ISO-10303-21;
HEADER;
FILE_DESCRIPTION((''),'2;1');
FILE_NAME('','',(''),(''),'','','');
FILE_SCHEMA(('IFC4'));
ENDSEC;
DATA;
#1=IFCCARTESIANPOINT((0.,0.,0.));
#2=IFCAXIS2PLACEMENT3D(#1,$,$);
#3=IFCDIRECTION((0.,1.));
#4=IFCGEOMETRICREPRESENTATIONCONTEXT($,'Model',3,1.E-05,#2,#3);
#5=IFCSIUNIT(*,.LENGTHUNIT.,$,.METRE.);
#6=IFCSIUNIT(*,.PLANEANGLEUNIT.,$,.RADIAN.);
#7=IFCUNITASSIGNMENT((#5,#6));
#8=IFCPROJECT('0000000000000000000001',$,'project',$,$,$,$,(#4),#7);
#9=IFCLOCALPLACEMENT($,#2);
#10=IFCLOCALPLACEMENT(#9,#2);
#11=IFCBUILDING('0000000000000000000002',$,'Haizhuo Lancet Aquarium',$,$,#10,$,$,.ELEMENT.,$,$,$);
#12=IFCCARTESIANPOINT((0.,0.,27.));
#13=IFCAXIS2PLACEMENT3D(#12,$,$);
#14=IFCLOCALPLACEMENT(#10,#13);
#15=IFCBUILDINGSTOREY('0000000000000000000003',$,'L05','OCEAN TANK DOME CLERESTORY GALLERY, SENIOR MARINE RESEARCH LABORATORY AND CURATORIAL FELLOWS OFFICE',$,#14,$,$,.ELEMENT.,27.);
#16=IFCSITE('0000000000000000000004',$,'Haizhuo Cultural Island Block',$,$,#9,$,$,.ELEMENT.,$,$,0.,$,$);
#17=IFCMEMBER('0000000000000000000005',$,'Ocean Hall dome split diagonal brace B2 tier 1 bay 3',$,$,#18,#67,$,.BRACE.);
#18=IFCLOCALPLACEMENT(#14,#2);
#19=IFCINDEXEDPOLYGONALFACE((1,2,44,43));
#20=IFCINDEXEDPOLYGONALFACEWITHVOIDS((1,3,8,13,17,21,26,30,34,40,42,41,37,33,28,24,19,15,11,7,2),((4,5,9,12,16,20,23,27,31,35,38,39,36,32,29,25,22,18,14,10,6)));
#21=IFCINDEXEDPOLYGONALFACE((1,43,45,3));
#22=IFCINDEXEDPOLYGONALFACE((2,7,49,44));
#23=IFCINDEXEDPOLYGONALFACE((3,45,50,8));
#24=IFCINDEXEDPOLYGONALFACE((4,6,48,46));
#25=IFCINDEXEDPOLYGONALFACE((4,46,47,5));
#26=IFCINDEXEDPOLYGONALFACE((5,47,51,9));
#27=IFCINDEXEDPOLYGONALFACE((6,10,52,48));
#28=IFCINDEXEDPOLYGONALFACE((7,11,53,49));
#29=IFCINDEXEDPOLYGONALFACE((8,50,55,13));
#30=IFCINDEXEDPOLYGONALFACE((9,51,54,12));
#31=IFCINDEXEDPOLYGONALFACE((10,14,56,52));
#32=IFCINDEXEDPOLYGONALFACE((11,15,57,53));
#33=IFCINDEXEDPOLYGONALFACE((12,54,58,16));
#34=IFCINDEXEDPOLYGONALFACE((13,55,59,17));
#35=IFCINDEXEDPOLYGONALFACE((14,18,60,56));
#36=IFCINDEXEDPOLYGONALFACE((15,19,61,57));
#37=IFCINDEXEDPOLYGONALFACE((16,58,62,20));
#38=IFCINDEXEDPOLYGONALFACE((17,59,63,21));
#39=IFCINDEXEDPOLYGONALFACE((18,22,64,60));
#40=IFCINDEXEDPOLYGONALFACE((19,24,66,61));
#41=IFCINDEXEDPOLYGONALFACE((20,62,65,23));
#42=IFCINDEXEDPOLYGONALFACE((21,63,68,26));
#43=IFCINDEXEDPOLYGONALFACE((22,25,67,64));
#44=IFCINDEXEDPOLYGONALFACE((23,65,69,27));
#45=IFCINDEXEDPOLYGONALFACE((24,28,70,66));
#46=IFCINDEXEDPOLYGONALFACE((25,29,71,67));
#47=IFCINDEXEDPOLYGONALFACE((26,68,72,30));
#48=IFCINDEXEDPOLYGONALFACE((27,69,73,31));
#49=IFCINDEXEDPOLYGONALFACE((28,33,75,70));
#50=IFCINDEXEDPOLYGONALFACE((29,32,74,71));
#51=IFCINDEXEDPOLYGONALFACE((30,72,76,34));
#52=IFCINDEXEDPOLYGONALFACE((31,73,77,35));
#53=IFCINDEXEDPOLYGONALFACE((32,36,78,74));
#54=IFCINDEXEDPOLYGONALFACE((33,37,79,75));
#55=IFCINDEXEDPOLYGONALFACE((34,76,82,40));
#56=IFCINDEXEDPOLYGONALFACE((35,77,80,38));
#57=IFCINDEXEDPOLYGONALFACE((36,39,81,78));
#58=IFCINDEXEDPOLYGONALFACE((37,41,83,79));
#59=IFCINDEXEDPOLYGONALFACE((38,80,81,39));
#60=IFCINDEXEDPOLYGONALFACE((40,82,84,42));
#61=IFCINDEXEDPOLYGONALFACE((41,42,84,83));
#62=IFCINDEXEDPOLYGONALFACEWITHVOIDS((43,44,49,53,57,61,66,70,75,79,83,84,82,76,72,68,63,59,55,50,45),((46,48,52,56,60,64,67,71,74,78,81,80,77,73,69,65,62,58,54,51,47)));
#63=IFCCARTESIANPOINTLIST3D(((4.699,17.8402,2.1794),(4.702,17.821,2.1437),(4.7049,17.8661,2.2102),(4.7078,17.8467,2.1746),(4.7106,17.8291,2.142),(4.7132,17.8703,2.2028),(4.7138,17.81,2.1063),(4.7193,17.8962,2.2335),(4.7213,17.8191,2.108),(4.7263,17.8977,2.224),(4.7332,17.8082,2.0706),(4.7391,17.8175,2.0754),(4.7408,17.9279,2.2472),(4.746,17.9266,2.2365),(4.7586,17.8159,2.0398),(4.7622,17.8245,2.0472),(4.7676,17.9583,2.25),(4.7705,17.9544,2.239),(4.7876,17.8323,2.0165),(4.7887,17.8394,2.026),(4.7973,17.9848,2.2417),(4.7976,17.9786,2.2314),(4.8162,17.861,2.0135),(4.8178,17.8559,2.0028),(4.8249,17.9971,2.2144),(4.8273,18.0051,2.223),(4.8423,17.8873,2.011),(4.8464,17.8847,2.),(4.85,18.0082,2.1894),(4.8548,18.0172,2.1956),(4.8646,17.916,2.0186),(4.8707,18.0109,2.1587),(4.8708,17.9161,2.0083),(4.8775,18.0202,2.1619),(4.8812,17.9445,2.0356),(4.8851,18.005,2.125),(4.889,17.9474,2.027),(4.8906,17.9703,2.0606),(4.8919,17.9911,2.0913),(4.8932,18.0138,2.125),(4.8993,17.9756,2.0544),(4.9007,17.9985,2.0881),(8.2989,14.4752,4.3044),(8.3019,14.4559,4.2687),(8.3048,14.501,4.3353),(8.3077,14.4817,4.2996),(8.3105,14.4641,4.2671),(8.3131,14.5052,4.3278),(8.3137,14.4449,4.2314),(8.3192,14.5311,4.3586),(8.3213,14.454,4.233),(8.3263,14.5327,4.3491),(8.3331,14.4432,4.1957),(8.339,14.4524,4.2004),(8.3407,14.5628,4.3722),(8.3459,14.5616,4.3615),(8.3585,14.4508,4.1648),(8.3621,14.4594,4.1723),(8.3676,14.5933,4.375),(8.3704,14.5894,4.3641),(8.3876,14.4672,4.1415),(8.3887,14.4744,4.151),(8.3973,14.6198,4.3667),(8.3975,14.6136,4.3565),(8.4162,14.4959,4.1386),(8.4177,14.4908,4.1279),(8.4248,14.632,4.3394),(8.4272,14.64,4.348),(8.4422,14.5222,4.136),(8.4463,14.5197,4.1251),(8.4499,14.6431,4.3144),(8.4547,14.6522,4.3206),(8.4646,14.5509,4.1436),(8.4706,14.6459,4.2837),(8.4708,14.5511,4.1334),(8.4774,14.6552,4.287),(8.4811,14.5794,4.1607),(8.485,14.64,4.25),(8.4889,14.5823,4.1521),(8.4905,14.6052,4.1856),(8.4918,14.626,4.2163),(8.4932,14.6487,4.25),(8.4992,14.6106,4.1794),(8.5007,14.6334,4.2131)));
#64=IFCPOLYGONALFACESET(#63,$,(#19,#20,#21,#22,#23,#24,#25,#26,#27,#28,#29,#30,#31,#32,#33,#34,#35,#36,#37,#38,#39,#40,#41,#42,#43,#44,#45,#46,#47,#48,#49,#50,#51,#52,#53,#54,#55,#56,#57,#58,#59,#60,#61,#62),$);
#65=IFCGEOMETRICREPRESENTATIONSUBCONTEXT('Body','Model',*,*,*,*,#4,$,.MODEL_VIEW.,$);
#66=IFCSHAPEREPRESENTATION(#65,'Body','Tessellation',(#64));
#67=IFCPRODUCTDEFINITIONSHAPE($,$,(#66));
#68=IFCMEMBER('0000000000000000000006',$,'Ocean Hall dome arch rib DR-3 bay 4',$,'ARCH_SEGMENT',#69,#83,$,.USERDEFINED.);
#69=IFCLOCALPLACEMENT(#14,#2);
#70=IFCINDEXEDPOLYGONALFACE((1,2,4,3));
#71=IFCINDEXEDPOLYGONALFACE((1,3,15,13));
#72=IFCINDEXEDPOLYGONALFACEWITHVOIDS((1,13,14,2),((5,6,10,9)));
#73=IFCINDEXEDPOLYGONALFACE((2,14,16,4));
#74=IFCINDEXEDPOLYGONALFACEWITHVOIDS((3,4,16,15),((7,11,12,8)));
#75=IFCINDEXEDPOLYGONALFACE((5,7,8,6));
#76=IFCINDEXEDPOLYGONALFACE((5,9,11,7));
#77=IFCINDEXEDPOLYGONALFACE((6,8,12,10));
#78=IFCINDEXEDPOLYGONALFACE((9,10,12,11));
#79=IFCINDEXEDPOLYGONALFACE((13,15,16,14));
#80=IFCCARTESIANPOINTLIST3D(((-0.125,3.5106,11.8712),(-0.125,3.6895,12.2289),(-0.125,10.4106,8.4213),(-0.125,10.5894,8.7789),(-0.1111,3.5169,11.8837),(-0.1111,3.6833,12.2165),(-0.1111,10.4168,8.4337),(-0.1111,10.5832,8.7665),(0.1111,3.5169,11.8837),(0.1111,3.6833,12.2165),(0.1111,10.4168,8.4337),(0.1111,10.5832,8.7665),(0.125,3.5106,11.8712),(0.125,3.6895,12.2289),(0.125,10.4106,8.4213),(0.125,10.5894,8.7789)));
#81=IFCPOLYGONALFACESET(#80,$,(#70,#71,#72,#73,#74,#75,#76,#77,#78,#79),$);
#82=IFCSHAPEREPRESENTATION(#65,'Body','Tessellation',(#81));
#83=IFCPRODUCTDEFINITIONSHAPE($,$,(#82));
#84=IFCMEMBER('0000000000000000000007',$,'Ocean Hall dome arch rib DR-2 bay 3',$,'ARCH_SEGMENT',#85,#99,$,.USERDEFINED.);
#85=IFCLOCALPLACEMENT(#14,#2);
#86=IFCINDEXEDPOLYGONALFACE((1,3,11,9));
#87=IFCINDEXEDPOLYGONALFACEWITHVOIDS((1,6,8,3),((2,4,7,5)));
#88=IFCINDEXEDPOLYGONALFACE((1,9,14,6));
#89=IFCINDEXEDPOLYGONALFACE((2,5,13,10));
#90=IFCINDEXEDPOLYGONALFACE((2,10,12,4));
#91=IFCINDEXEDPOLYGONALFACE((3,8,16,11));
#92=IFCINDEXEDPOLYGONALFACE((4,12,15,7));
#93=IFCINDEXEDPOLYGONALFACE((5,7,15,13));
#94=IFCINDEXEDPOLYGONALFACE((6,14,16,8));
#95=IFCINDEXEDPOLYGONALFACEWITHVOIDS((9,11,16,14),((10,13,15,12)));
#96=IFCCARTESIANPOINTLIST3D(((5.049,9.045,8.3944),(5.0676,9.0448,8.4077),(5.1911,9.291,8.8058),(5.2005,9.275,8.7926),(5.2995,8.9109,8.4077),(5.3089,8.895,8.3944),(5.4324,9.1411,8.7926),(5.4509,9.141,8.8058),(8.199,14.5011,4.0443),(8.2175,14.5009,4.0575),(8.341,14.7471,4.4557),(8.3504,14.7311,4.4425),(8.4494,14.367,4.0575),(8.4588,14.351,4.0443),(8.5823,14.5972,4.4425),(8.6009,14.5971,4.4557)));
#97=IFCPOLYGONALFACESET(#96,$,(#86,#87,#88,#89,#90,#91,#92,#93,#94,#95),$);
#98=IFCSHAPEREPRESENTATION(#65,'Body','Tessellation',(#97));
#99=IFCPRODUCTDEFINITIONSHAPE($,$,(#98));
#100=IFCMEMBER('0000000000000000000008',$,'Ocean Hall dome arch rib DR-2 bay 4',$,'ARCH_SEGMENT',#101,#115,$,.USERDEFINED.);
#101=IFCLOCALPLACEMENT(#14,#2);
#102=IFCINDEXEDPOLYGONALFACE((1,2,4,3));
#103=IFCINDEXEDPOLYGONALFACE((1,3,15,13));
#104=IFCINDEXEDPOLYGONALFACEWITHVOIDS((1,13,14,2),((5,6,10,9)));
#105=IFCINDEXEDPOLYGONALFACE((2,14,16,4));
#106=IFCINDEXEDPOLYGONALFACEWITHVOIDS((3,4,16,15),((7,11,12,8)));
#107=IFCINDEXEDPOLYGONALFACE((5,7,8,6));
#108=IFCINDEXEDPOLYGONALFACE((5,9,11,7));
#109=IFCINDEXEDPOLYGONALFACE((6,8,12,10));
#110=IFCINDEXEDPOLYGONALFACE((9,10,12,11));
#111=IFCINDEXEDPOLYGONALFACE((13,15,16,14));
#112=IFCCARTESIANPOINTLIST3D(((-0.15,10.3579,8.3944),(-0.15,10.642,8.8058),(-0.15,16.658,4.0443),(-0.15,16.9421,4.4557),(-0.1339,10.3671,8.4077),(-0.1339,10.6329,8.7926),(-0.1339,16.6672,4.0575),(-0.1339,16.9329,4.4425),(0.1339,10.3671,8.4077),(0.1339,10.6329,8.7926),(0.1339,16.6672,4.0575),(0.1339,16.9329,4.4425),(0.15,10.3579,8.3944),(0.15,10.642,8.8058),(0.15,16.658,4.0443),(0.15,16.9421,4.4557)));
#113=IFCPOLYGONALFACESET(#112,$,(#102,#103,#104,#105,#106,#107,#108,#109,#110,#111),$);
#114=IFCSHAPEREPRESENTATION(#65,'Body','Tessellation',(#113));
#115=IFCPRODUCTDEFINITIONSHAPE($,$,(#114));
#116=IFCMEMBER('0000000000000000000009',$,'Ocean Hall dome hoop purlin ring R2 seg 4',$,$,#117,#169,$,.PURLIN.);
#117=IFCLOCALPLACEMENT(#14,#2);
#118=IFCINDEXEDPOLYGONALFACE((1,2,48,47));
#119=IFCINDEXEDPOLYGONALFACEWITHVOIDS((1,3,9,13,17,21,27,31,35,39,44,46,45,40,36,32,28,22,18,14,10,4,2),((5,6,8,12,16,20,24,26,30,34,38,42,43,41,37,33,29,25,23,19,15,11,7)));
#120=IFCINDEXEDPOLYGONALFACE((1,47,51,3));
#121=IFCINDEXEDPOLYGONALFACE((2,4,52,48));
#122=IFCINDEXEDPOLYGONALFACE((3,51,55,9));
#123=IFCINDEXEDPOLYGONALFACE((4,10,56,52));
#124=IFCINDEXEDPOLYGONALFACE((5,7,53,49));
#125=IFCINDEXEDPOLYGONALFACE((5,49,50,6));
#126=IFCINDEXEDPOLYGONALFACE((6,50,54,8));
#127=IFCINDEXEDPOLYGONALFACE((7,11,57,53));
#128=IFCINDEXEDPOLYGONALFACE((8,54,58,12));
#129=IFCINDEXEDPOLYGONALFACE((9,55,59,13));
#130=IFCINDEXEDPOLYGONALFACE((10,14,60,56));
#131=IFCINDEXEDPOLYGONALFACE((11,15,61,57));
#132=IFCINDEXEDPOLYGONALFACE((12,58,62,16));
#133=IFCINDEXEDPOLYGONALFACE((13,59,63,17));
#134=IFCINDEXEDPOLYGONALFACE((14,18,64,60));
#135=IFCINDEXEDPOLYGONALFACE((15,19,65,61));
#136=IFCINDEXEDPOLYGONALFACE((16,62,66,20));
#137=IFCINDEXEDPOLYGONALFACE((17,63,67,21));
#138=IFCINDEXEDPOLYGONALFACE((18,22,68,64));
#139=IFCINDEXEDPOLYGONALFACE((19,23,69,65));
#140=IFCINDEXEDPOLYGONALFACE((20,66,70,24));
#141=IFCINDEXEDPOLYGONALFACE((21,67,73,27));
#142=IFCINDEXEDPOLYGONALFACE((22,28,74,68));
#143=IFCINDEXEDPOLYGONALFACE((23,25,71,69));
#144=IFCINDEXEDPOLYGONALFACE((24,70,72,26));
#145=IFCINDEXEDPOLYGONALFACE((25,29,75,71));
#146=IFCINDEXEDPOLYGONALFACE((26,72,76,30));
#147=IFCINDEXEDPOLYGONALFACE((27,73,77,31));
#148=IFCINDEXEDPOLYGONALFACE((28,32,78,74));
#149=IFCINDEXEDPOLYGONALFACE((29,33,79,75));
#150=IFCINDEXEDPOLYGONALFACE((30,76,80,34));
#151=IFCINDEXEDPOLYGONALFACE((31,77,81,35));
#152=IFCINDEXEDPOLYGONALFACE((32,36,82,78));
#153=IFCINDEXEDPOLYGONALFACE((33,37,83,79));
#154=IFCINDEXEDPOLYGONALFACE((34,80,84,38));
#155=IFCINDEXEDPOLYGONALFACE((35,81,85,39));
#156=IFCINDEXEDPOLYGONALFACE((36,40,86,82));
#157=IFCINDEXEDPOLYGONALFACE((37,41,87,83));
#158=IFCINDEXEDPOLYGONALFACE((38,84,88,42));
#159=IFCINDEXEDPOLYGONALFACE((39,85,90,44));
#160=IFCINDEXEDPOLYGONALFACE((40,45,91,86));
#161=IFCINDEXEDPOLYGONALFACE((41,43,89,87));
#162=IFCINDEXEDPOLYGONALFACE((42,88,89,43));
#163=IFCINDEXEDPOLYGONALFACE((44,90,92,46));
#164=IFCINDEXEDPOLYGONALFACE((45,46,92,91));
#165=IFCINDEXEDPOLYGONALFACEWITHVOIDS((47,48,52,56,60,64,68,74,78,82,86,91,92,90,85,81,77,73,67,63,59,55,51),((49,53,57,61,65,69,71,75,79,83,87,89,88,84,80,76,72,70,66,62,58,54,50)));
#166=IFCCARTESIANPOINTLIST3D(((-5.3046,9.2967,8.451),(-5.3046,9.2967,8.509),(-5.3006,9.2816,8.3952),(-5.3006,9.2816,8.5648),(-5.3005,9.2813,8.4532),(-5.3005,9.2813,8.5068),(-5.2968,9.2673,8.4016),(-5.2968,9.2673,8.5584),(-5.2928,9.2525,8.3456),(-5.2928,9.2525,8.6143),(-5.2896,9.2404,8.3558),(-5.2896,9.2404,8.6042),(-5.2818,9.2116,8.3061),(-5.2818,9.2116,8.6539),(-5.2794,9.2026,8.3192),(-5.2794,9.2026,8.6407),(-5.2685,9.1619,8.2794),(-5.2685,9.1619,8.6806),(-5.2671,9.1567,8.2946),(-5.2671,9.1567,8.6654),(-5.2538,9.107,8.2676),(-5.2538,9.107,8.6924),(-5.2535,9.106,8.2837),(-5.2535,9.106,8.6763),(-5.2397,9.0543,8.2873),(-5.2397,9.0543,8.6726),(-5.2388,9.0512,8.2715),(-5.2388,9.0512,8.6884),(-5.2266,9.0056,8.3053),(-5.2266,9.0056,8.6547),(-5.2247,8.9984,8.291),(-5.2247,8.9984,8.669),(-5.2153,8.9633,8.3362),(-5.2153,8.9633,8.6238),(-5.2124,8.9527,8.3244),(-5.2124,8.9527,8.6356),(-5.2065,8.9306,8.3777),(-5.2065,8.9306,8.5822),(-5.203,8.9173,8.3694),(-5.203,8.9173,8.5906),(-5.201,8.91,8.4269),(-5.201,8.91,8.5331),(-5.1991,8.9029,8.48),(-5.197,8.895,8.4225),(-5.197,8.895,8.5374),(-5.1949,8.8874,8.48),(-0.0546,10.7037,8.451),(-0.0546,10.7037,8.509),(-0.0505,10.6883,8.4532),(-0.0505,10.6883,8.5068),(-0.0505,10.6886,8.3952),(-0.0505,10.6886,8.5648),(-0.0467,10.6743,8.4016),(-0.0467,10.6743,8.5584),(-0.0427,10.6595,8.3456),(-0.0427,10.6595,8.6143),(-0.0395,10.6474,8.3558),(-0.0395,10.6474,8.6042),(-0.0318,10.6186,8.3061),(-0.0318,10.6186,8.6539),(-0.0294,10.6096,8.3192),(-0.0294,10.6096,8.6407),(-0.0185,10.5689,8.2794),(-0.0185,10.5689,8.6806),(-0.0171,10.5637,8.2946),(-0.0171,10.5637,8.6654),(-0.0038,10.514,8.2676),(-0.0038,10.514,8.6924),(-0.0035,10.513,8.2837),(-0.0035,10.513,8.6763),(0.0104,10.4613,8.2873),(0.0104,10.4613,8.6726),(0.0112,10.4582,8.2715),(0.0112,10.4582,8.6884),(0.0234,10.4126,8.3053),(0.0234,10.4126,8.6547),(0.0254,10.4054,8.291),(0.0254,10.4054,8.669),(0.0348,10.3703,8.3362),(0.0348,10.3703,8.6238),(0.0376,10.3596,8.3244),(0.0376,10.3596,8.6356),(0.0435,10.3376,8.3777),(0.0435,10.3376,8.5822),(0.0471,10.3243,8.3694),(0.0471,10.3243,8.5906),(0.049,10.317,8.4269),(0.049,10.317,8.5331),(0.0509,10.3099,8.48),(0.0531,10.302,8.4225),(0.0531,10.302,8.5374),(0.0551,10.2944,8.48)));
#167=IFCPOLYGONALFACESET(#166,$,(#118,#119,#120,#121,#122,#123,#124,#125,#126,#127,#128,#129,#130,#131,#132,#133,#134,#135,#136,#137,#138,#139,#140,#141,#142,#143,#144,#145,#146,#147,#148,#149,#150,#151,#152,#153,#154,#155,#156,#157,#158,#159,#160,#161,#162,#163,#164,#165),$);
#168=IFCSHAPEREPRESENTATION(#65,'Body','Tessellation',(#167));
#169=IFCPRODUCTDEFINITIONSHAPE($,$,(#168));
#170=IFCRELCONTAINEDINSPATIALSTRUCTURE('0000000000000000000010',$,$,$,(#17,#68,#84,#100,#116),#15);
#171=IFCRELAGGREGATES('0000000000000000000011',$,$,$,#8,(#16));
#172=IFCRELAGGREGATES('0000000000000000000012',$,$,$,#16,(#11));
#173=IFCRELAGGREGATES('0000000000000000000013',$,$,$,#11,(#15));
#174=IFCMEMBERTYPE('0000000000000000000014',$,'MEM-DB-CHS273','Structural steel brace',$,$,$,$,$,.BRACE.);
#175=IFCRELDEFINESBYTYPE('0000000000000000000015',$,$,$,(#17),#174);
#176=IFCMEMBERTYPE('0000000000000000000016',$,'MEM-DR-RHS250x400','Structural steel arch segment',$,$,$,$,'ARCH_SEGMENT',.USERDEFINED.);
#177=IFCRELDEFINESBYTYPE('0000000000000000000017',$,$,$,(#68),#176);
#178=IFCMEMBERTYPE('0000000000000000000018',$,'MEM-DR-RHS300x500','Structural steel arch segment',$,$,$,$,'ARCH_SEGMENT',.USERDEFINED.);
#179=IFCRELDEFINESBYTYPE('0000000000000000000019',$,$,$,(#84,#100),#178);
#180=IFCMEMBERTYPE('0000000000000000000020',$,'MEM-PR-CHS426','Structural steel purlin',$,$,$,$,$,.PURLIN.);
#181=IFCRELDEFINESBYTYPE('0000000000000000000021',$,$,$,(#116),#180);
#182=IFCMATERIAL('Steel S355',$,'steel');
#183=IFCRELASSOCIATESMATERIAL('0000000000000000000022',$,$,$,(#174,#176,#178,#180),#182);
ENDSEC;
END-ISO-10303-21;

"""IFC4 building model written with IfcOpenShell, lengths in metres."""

from ifc_helpers import new_model, si_unit, direction, frame, origin, origin_2d, place, context, subcontext, project, spatial, hollow_rectangle, hollow_circle, extrude, material, material_profile, profile_set, type_object, element, save


model = new_model("IFC4")

# Units and contexts
model_context = context("Model", 3, precision=1e-05, world=origin(), true_north=direction((0.0, 1.0)))
body_context = subcontext(model_context, "Body", "Model", "MODEL_VIEW")
ifc_project = project(units=[si_unit("LENGTHUNIT", "METRE"), si_unit("PLANEANGLEUNIT", "RADIAN")], contexts=[model_context])

# Site, building, storey
site_placement = place(None, origin())
site = spatial("IfcSite", under=ifc_project, at=site_placement, Name="Haizhuo Cultural Island Block", CompositionType="ELEMENT", RefElevation=0.0)
building_placement = place(site_placement, origin())
building = spatial("IfcBuilding", under=site, at=building_placement, Name="Haizhuo Lancet Aquarium", CompositionType="ELEMENT")
storey_placement = place(building_placement, frame((0.0, 0.0, 27.0)))
storey = spatial("IfcBuildingStorey", under=building, at=storey_placement, Name="L05", Description="OCEAN TANK DOME CLERESTORY GALLERY, SENIOR MARINE RESEARCH LABORATORY AND CURATORIAL FELLOWS OFFICE", CompositionType="ELEMENT", Elevation=27.0)

# Members
ifc_material_1 = material(Name="Steel S355", Category="steel")
ifc_material_profile_1 = material_profile(ifc_material_1, hollow_circle(Radius=0.1365, WallThickness=0.012, at=origin_2d()), Name="CHS 273x12")
ifc_profile_set_1 = profile_set([ifc_material_profile_1], Name="Steel S355")
member_type_1 = type_object("IfcMemberType", Name="MEM-DB-CHS273", Description="Structural steel brace", PredefinedType="BRACE", material=ifc_profile_set_1)
member_1_placement = place(storey_placement, frame((4.8, 17.9141, 2.125), z_axis=(0.67082, -0.627054, 0.395986), x_axis=(0.682874, 0.730536, 0.0)))
element("IfcMember", 1, at=member_1_placement, inside=storey, type_object=member_type_1, Name="Ocean Hall dome split diagonal brace B2 tier 1 bay 3", PredefinedType="BRACE", context=body_context, shape_type="SweptSolid", body=[
    extrude(hollow_circle(Radius=0.1365, WallThickness=0.012, at=origin_2d()), origin(), (0.0, 0.0, 1.0), 5.3665),
])
ifc_material_profile_2 = material_profile(ifc_material_1, hollow_rectangle(XDim=0.25, YDim=0.3999, WallThickness=0.0139, at=origin_2d()), Name="RHS 250x400x14")
ifc_profile_set_2 = profile_set([ifc_material_profile_2], Name="Steel S355")
member_type_2 = type_object("IfcMemberType", Name="MEM-DR-RHS250x400", Description="Structural steel arch segment", ElementType="ARCH_SEGMENT", PredefinedType="USERDEFINED", material=ifc_profile_set_2)
member_2_placement = place(storey_placement, frame((0.0, 10.5, 8.6001), z_axis=(0.0, -0.894427, 0.447214), x_axis=(1.0, 0.0, 0.0)))
element("IfcMember", 2, at=member_2_placement, inside=storey, type_object=member_type_2, Name="Ocean Hall dome arch rib DR-3 bay 4", ObjectType="ARCH_SEGMENT", PredefinedType="USERDEFINED", context=body_context, shape_type="SweptSolid", body=[
    extrude(hollow_rectangle(XDim=0.25, YDim=0.3999, WallThickness=0.0139, at=origin_2d()), origin(), (0.0, 0.0, 1.0), 7.7144),
])
ifc_material_profile_3 = material_profile(ifc_material_1, hollow_rectangle(XDim=0.3, YDim=0.5, WallThickness=0.0161, at=origin_2d()), Name="RHS 300x500x16")
ifc_profile_set_3 = profile_set([ifc_material_profile_3], Name="Steel S355")
member_type_3 = type_object("IfcMemberType", Name="MEM-DR-RHS300x500", Description="Structural steel arch segment", ElementType="ARCH_SEGMENT", PredefinedType="USERDEFINED", material=ifc_profile_set_3)
for number, where, z_axis, x_axis, name in (
    (3, (8.3999, 14.5491, 4.25), (-0.411431, -0.712654, 0.568197), (0.866036, -0.499982, 0.0), "Ocean Hall dome arch rib DR-2 bay 3"),
    (4, (0.0, 16.8, 4.25), (0.0, -0.822893, 0.568196), (1.0, 0.0, 0.0), "Ocean Hall dome arch rib DR-2 bay 4"),
):
    element("IfcMember", number, at=place(storey_placement, frame(where, z_axis=z_axis, x_axis=x_axis)), inside=storey, type_object=member_type_3, Name=name, ObjectType="ARCH_SEGMENT", PredefinedType="USERDEFINED", context=body_context, shape_type="SweptSolid", body=[
        extrude(hollow_rectangle(XDim=0.3, YDim=0.5, WallThickness=0.0161, at=origin_2d()), origin(), (0.0, 0.0, 1.0), 7.656),
    ])
ifc_material_profile_4 = material_profile(ifc_material_1, hollow_circle(Radius=0.2129, WallThickness=0.0161, at=origin_2d()), Name="CHS 426x16")
ifc_profile_set_4 = profile_set([ifc_material_profile_4], Name="Steel S355")
member_type_4 = type_object("IfcMemberType", Name="MEM-PR-CHS426", Description="Structural steel purlin", PredefinedType="PURLIN", material=ifc_profile_set_4)
member_3_placement = place(storey_placement, frame((0.0, 10.5, 8.48), z_axis=(-0.965914, -0.258862, 0.0), x_axis=(0.258862, -0.965914, 0.0)))
element("IfcMember", 5, at=member_3_placement, inside=storey, type_object=member_type_4, Name="Ocean Hall dome hoop purlin ring R2 seg 4", PredefinedType="PURLIN", context=body_context, shape_type="SweptSolid", body=[
    extrude(hollow_circle(Radius=0.2129, WallThickness=0.0161, at=origin_2d()), origin(), (0.0, 0.0, 1.0), 5.4353),
])

save(model, "model.ifc")
